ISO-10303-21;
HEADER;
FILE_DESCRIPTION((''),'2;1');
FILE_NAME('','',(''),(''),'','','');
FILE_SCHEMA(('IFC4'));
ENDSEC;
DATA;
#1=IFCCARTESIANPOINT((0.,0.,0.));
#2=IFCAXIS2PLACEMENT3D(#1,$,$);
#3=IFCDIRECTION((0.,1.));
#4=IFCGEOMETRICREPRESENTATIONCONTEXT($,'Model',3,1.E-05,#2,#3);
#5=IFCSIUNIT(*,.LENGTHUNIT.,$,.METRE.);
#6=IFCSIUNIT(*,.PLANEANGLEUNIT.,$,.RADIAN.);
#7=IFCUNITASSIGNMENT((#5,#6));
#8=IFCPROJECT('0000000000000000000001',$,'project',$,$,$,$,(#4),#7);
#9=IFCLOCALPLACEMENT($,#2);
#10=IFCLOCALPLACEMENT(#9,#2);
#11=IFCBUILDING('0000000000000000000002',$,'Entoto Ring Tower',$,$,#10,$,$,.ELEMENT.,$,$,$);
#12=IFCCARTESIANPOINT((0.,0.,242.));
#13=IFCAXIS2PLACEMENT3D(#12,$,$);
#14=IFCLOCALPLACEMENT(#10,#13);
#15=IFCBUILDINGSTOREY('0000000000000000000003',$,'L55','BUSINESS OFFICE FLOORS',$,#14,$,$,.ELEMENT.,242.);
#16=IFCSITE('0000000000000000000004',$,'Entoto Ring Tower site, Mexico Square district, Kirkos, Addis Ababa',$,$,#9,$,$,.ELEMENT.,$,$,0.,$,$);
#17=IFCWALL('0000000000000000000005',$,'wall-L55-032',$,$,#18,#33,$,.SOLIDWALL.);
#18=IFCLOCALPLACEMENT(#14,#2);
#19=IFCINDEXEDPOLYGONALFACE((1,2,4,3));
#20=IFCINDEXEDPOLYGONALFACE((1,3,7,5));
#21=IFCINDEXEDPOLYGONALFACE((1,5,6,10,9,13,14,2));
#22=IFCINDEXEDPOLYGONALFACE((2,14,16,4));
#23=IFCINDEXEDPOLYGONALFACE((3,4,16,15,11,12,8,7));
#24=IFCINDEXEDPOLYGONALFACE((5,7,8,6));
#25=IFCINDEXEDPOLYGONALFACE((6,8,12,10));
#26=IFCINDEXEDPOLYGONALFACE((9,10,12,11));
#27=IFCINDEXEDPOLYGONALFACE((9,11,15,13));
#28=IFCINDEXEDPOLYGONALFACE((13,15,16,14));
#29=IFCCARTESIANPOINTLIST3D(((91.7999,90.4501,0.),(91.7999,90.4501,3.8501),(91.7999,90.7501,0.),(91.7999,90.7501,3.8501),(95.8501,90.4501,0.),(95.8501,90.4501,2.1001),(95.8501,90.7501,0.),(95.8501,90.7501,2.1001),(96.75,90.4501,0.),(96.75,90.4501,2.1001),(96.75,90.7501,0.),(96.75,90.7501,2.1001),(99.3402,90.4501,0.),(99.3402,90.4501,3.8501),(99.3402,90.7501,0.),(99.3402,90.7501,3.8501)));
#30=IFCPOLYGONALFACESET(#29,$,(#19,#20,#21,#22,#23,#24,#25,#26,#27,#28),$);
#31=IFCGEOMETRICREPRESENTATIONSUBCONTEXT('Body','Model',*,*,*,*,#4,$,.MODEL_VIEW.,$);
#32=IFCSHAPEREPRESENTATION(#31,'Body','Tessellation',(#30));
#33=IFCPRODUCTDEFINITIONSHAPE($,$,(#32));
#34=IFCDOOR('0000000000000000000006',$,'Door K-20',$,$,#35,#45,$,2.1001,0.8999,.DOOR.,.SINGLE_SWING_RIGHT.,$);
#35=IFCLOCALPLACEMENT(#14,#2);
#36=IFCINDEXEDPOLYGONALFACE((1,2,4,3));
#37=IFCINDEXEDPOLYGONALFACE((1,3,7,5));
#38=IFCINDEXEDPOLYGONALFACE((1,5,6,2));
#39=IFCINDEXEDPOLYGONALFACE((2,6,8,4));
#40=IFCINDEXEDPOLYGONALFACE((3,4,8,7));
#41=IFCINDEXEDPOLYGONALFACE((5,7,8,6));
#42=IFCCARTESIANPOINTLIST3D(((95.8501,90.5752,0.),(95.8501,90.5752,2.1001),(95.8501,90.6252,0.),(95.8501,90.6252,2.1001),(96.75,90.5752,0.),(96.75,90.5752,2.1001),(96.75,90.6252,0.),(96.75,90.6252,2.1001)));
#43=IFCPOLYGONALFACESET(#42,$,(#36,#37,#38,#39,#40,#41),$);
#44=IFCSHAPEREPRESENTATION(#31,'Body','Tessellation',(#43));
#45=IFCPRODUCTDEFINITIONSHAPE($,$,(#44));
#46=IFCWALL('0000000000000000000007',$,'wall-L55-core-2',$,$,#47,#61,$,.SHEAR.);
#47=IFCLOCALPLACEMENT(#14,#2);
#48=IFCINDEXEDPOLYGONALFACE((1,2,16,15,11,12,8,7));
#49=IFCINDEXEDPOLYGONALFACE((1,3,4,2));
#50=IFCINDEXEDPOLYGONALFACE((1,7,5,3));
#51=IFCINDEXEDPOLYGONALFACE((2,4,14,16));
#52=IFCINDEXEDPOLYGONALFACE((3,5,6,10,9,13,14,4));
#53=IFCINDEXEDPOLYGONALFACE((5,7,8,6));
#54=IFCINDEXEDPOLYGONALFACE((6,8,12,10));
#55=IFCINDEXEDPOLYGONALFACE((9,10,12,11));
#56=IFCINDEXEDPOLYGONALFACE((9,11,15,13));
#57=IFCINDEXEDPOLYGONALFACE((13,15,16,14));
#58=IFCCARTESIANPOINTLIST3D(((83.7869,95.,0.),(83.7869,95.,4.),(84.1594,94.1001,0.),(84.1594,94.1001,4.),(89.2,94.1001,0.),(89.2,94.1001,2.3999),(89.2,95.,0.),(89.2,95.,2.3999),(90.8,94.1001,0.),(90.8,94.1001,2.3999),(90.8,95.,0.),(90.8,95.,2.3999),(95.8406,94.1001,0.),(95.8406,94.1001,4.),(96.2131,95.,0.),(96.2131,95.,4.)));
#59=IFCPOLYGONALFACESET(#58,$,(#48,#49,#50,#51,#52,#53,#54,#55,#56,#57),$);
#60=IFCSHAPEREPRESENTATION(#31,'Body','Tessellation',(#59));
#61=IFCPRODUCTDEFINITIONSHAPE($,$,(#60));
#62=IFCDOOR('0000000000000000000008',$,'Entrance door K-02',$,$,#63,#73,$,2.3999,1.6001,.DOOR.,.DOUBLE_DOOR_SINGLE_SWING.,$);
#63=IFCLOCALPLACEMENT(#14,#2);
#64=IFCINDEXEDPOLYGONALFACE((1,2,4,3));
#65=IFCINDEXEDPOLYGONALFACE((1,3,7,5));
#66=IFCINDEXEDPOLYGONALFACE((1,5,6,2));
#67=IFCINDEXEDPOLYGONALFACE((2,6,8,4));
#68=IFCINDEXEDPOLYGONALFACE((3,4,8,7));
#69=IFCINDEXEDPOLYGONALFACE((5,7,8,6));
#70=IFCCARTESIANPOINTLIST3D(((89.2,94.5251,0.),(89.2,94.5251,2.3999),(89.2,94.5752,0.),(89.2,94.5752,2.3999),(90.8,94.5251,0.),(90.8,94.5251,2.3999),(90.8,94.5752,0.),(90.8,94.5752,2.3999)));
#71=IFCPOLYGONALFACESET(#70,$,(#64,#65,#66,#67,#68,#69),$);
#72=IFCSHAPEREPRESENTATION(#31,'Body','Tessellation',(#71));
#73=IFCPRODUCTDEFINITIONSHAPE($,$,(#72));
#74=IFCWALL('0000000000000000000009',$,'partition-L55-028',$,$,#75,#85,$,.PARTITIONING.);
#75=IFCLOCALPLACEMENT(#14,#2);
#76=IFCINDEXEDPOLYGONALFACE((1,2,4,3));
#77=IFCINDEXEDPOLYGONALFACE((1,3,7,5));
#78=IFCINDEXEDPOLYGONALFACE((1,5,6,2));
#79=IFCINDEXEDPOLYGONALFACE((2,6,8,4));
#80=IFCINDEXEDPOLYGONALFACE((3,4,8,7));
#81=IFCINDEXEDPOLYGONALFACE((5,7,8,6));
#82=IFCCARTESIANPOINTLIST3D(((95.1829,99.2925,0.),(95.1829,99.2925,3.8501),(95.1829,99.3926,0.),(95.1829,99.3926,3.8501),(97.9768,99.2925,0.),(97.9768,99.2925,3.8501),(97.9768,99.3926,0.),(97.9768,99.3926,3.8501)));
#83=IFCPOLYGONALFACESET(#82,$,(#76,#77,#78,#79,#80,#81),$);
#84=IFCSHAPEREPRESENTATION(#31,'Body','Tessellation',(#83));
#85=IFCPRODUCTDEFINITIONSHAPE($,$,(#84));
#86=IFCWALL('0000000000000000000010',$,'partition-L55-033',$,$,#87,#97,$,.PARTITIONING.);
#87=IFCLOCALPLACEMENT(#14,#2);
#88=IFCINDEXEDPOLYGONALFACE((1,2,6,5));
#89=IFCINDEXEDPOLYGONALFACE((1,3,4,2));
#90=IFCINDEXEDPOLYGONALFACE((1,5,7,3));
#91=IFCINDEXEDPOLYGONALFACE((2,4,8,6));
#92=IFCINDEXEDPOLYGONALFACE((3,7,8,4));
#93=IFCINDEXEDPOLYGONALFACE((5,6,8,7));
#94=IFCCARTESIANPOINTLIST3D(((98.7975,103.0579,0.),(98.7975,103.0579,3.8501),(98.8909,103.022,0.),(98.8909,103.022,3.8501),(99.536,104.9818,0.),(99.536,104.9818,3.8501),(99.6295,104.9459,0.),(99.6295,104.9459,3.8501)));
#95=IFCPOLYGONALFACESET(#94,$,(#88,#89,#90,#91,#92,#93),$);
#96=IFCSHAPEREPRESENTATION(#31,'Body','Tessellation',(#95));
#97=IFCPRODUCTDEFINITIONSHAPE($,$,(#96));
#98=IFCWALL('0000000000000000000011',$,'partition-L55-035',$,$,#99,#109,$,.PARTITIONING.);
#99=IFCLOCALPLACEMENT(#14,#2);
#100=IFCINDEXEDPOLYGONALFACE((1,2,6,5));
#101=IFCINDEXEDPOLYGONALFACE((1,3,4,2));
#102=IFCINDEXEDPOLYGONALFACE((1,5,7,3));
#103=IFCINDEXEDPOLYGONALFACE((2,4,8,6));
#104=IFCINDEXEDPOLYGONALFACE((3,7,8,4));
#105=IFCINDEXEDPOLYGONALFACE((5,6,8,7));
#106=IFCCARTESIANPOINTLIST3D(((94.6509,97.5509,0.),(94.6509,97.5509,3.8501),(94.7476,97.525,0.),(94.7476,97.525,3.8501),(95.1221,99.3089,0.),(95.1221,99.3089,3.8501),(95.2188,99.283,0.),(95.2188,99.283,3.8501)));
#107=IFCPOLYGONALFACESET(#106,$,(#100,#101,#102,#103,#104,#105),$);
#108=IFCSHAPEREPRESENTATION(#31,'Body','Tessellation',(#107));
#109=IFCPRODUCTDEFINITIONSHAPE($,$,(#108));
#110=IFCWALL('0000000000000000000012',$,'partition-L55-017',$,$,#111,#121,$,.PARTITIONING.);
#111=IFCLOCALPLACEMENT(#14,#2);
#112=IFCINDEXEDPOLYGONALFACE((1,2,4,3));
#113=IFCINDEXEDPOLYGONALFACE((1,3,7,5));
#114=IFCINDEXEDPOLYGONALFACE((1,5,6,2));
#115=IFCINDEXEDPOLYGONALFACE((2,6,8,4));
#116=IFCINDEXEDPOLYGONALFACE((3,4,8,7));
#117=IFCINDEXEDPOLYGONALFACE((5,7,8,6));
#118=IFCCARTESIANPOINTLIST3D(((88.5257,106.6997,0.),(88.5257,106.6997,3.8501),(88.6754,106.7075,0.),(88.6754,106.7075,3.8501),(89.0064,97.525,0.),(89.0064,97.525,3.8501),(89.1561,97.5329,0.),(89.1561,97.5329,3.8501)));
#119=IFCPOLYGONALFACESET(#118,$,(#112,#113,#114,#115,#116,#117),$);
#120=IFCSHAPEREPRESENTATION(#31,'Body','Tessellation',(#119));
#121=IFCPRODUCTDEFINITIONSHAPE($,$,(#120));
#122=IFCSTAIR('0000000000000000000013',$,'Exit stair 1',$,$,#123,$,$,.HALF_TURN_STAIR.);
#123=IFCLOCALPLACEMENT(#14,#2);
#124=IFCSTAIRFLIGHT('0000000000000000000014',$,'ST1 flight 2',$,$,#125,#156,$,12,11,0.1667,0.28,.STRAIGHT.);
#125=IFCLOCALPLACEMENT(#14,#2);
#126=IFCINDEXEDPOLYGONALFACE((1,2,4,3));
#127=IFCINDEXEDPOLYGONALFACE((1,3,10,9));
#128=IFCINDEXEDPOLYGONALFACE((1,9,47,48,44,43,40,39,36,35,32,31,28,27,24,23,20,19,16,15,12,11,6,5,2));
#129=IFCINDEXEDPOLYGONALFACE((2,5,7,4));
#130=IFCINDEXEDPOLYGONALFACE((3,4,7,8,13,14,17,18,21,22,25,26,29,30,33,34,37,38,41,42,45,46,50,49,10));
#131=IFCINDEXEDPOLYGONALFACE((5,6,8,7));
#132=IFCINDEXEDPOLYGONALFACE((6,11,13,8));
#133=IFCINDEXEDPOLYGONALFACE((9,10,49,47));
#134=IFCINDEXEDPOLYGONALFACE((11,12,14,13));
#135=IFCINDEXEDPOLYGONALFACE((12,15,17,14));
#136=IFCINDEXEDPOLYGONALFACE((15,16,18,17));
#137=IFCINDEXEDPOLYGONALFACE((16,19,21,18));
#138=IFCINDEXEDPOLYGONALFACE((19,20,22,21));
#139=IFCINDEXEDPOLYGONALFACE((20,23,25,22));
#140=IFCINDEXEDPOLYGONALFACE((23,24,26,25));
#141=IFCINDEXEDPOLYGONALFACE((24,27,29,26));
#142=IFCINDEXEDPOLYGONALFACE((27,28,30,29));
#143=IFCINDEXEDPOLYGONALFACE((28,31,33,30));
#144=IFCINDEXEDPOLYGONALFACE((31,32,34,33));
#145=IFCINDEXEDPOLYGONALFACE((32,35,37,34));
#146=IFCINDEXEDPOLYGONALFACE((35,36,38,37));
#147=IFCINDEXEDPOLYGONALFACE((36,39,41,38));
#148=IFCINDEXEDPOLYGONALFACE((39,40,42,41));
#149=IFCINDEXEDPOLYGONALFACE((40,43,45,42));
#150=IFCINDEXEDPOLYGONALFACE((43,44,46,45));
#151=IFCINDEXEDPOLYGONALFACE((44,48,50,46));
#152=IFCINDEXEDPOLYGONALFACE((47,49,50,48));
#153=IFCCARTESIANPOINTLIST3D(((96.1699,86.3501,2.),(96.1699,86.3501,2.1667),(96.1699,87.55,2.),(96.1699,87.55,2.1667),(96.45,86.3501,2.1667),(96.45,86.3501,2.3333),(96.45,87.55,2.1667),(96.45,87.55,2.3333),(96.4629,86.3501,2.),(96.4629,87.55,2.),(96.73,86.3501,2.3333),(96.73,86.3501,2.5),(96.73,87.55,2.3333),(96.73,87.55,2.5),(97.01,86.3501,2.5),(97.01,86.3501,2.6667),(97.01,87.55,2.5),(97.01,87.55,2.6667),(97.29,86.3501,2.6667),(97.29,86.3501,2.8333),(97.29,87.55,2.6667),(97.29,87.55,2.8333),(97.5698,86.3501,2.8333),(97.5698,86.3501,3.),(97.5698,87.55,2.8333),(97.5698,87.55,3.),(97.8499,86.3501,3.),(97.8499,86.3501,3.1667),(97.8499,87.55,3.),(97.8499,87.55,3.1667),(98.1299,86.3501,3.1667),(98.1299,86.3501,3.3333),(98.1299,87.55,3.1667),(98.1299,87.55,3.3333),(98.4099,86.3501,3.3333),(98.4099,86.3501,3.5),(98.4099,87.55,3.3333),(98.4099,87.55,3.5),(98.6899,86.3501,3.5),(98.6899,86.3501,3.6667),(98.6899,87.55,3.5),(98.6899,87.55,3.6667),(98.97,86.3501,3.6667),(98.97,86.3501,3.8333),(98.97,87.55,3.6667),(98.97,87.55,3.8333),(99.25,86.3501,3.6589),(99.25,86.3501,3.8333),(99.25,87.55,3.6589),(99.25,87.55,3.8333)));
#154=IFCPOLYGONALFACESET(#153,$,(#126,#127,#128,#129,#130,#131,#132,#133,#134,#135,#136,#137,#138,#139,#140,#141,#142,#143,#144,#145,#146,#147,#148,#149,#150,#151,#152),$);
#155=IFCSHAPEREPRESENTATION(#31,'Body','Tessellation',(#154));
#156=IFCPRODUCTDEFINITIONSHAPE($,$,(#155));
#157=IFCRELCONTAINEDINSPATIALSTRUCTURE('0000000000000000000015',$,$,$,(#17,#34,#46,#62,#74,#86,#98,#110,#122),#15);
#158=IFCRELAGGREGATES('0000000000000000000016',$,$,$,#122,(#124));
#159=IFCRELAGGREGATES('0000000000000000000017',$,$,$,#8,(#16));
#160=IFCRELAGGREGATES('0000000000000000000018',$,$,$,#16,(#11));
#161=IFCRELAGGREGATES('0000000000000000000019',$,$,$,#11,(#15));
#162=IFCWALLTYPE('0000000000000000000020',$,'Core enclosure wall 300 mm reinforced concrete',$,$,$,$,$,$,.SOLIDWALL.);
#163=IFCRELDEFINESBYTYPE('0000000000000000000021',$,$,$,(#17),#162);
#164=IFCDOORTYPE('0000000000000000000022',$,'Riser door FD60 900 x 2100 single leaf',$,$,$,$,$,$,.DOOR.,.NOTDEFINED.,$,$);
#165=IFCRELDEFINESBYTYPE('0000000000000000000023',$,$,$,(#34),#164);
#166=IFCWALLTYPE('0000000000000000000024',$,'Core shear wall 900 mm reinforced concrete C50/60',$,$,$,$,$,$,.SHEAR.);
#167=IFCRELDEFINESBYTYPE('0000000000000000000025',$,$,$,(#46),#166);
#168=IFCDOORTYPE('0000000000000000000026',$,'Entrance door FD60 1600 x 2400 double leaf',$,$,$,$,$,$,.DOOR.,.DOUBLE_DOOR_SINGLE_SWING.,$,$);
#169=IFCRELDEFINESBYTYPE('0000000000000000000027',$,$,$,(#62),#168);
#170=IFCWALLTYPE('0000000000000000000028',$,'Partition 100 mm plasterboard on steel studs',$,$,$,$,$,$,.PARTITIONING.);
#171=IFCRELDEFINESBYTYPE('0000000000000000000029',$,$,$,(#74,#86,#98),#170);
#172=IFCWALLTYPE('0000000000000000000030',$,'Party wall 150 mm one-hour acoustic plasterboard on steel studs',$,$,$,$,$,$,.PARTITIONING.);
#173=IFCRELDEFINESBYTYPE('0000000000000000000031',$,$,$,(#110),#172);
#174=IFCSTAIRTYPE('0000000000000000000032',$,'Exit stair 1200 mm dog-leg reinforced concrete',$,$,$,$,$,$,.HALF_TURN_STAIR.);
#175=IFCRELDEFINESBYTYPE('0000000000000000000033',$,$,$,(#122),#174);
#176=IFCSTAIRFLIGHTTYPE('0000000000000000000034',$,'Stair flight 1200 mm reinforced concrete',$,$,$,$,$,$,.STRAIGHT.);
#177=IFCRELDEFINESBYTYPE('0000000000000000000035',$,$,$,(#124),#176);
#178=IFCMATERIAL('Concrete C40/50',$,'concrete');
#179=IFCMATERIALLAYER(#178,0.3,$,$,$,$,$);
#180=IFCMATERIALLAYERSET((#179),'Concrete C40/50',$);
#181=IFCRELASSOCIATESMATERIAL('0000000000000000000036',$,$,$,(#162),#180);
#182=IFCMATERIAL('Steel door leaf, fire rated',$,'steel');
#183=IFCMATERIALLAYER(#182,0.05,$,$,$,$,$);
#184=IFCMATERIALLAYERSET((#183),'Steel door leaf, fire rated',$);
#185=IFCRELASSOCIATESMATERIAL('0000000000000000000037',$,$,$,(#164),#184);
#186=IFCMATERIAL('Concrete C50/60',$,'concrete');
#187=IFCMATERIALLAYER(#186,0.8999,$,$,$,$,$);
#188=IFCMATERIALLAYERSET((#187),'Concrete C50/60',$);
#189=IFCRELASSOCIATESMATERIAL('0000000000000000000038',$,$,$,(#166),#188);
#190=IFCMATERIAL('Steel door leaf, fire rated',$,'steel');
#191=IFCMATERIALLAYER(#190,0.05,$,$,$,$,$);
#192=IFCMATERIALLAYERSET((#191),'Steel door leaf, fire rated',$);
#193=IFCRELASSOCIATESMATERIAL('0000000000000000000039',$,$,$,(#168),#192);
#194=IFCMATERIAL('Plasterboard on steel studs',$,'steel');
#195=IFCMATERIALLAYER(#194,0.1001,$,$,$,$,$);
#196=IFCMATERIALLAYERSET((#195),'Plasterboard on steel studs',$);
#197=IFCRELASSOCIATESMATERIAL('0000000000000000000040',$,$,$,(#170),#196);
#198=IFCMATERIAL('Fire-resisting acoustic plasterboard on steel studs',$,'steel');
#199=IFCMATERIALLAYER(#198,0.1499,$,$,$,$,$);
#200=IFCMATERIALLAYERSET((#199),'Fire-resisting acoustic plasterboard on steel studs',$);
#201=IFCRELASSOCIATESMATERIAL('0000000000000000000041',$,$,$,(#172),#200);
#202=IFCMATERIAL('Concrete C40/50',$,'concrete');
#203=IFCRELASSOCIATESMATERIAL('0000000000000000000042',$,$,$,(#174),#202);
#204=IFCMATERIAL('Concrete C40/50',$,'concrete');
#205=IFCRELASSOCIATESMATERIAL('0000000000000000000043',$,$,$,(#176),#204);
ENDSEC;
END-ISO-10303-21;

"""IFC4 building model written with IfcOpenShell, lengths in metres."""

from ifc_helpers import new_model, si_unit, direction, frame, frame_2d, origin, place, context, subcontext, project, spatial, polyline, rectangle, outline, extrude, material, layer, layer_set, type_object, element, fill, aggregate, save


model = new_model("IFC4")

# Units and contexts
model_context = context("Model", 3, precision=1e-05, world=origin(), true_north=direction((0.0, 1.0)))
body_context = subcontext(model_context, "Body", "Model", "MODEL_VIEW")
ifc_project = project(units=[si_unit("LENGTHUNIT", "METRE"), si_unit("PLANEANGLEUNIT", "RADIAN")], contexts=[model_context])

# Site, building, storey
site_placement = place(None, origin())
site = spatial("IfcSite", under=ifc_project, at=site_placement, Name="Entoto Ring Tower site, Mexico Square district, Kirkos, Addis Ababa", CompositionType="ELEMENT", RefElevation=0.0)
building_placement = place(site_placement, origin())
building = spatial("IfcBuilding", under=site, at=building_placement, Name="Entoto Ring Tower", CompositionType="ELEMENT")
storey_placement = place(building_placement, frame((0.0, 0.0, 242.0)))
storey = spatial("IfcBuildingStorey", under=building, at=storey_placement, Name="L55", Description="BUSINESS OFFICE FLOORS", CompositionType="ELEMENT", Elevation=242.0)

# Shared definitions
ifc_material_1 = material(Name="Concrete C40/50", Category="concrete")
ifc_layer_1 = layer(ifc_material_1, 0.3)
ifc_layer_set_1 = layer_set([ifc_layer_1], Name="Concrete C40/50")
wall_type_1 = type_object("IfcWallType", Name="Core enclosure wall 300 mm reinforced concrete", PredefinedType="SOLIDWALL", material=ifc_layer_set_1)

# Walls, openings, doors
wall_1_placement = place(storey_placement, frame((91.8, 90.6001, 0.0), z_axis=(0.0, 0.0, 1.0), x_axis=(1.0, 0.0, 0.0)))
wall_1 = element("IfcWall", 1, at=wall_1_placement, inside=storey, type_object=wall_type_1, Name="wall-L55-032", PredefinedType="SOLIDWALL", context=body_context, shape_type="SweptSolid", body=[
    extrude(rectangle(XDim=7.5403, YDim=0.3, at=frame_2d((3.77, 0.0))), origin(), (0.0, 0.0, 1.0), 3.8501),
])
opening_1_placement = place(wall_1_placement, frame((4.05, 0.0, 0.0)))
opening_1 = element("IfcOpeningElement", 2, at=opening_1_placement, cuts=wall_1, PredefinedType="OPENING", context=body_context, shape_type="SweptSolid", body=[
    extrude(rectangle(XDim=0.8999, YDim=2.1001, at=frame_2d((0.45, 1.05))), frame((0.0, 0.1602, 0.0), z_axis=(0.0, -1.0, 0.0), x_axis=(1.0, 0.0, 0.0)), (0.0, 0.0, 1.0), 0.3201),
])
ifc_material_2 = material(Name="Steel door leaf, fire rated", Category="steel")
ifc_layer_2 = layer(ifc_material_2, 0.05)
ifc_layer_set_2 = layer_set([ifc_layer_2], Name="Steel door leaf, fire rated")
door_type_1 = type_object("IfcDoorType", Name="Riser door FD60 900 x 2100 single leaf", OperationType="NOTDEFINED", PredefinedType="DOOR", material=ifc_layer_set_2)
door_1_placement = place(opening_1_placement, frame((0.8999, 0.0, 0.0), z_axis=(0.0, 0.0, 1.0), x_axis=(-1.0, 0.0, 0.0)))
door_1 = element("IfcDoor", 3, at=door_1_placement, inside=storey, type_object=door_type_1, Name="Door K-20", OperationType="SINGLE_SWING_RIGHT", OverallHeight=2.1001, OverallWidth=0.8999, PredefinedType="DOOR", context=body_context, shape_type="SweptSolid", body=[
    extrude(rectangle(XDim=0.8999, YDim=2.1001, at=frame_2d((0.45, 1.05))), frame((0.0, 0.0249, 0.0), z_axis=(0.0, -1.0, 0.0), x_axis=(1.0, 0.0, 0.0)), (0.0, 0.0, 1.0), 0.05),
])
fill(opening_1, door_1)
ifc_material_3 = material(Name="Concrete C50/60", Category="concrete")
ifc_layer_3 = layer(ifc_material_3, 0.8999)
ifc_layer_set_3 = layer_set([ifc_layer_3], Name="Concrete C50/60")
wall_type_2 = type_object("IfcWallType", Name="Core shear wall 900 mm reinforced concrete C50/60", PredefinedType="SHEAR", material=ifc_layer_set_3)
wall_2_placement = place(storey_placement, frame((96.0269, 94.55, 0.0), z_axis=(0.0, 0.0, 1.0), x_axis=(-1.0, 0.0, 0.0)))
wall_2 = element("IfcWall", 4, at=wall_2_placement, inside=storey, type_object=wall_type_2, Name="wall-L55-core-2", PredefinedType="SHEAR", context=body_context, shape_type="SweptSolid", body=[
    extrude(outline(polyline([(-0.1863, -0.45), (12.24, -0.45), (11.8674, 0.45), (0.1863, 0.45), (-0.1863, -0.45)])), origin(), (0.0, 0.0, 1.0), 4.0),
])
opening_2_placement = place(wall_2_placement, frame((5.2268, 0.0, 0.0)))
opening_2 = element("IfcOpeningElement", 5, at=opening_2_placement, cuts=wall_2, PredefinedType="OPENING", context=body_context, shape_type="SweptSolid", body=[
    extrude(rectangle(XDim=1.6001, YDim=2.3999, at=frame_2d((0.8, 1.2))), frame((0.0, 0.46, 0.0), z_axis=(0.0, -1.0, 0.0), x_axis=(1.0, 0.0, 0.0)), (0.0, 0.0, 1.0), 0.9199),
])
ifc_material_4 = material(Name="Steel door leaf, fire rated", Category="steel")
ifc_layer_4 = layer(ifc_material_4, 0.05)
ifc_layer_set_4 = layer_set([ifc_layer_4], Name="Steel door leaf, fire rated")
door_type_2 = type_object("IfcDoorType", Name="Entrance door FD60 1600 x 2400 double leaf", OperationType="DOUBLE_DOOR_SINGLE_SWING", PredefinedType="DOOR", material=ifc_layer_set_4)
door_2_placement = place(opening_2_placement, origin())
door_2 = element("IfcDoor", 6, at=door_2_placement, inside=storey, type_object=door_type_2, Name="Entrance door K-02", OperationType="DOUBLE_DOOR_SINGLE_SWING", OverallHeight=2.3999, OverallWidth=1.6001, PredefinedType="DOOR", context=body_context, shape_type="SweptSolid", body=[
    extrude(rectangle(XDim=1.6001, YDim=2.3999, at=frame_2d((0.8, 1.2))), frame((0.0, 0.0249, 0.0), z_axis=(0.0, -1.0, 0.0), x_axis=(1.0, 0.0, 0.0)), (0.0, 0.0, 1.0), 0.05),
])
fill(opening_2, door_2)

# Walls
ifc_material_5 = material(Name="Plasterboard on steel studs", Category="steel")
ifc_layer_5 = layer(ifc_material_5, 0.1001)
ifc_layer_set_5 = layer_set([ifc_layer_5], Name="Plasterboard on steel studs")
wall_type_3 = type_object("IfcWallType", Name="Partition 100 mm plasterboard on steel studs", PredefinedType="PARTITIONING", material=ifc_layer_set_5)
wall_3_placement = place(storey_placement, frame((95.1829, 99.3425, 0.0), z_axis=(0.0, 0.0, 1.0), x_axis=(1.0, 0.0, 0.0)))
element("IfcWall", 7, at=wall_3_placement, inside=storey, type_object=wall_type_3, Name="partition-L55-028", PredefinedType="PARTITIONING", context=body_context, shape_type="SweptSolid", body=[
    extrude(rectangle(XDim=2.7939, YDim=0.1001, at=frame_2d((1.397, 0.0))), origin(), (0.0, 0.0, 1.0), 3.8501),
])
wall_4_placement = place(storey_placement, frame((98.8442, 103.04, 0.0), z_axis=(0.0, 0.0, 1.0), x_axis=(0.358384, 0.933574, 0.0)))
element("IfcWall", 8, at=wall_4_placement, inside=storey, type_object=wall_type_3, Name="partition-L55-033", PredefinedType="PARTITIONING", context=body_context, shape_type="SweptSolid", body=[
    extrude(rectangle(XDim=2.0608, YDim=0.1001, at=frame_2d((1.0303, 0.0))), origin(), (0.0, 0.0, 1.0), 3.8501),
])
wall_5_placement = place(storey_placement, frame((94.6992, 97.5378, 0.0), z_axis=(0.0, 0.0, 1.0), x_axis=(0.258881, 0.965909, 0.0)))
element("IfcWall", 9, at=wall_5_placement, inside=storey, type_object=wall_type_3, Name="partition-L55-035", PredefinedType="PARTITIONING", context=body_context, shape_type="SweptSolid", body=[
    extrude(rectangle(XDim=1.8201, YDim=0.1001, at=frame_2d((0.9102, 0.0))), origin(), (0.0, 0.0, 1.0), 3.8501),
])
ifc_material_6 = material(Name="Fire-resisting acoustic plasterboard on steel studs", Category="steel")
ifc_layer_6 = layer(ifc_material_6, 0.1499)
ifc_layer_set_6 = layer_set([ifc_layer_6], Name="Fire-resisting acoustic plasterboard on steel studs")
wall_type_4 = type_object("IfcWallType", Name="Party wall 150 mm one-hour acoustic plasterboard on steel studs", PredefinedType="PARTITIONING", material=ifc_layer_set_6)
wall_6_placement = place(storey_placement, frame((89.0813, 97.5288, 0.0), z_axis=(0.0, 0.0, 1.0), x_axis=(-0.052325, 0.99863, 0.0)))
element("IfcWall", 10, at=wall_6_placement, inside=storey, type_object=wall_type_4, Name="partition-L55-017", PredefinedType="PARTITIONING", context=body_context, shape_type="SweptSolid", body=[
    extrude(rectangle(XDim=9.1873, YDim=0.1499, at=frame_2d((4.5938, 0.0))), origin(), (0.0, 0.0, 1.0), 3.8501),
])

# Stair, stair flight
ifc_material_7 = material(Name="Concrete C40/50", Category="concrete")
stair_type = type_object("IfcStairType", Name="Exit stair 1200 mm dog-leg reinforced concrete", PredefinedType="HALF_TURN_STAIR", material=ifc_material_7)
stair_placement = place(storey_placement, origin())
stair = element("IfcStair", 11, at=stair_placement, inside=storey, type_object=stair_type, Name="Exit stair 1", PredefinedType="HALF_TURN_STAIR")
ifc_material_8 = material(Name="Concrete C40/50", Category="concrete")
stair_flight_type = type_object("IfcStairFlightType", Name="Stair flight 1200 mm reinforced concrete", PredefinedType="STRAIGHT", material=ifc_material_8)
stair_flight_placement = place(storey_placement, frame((96.1699, 86.95, 2.0), z_axis=(0.0, 0.0, 1.0), x_axis=(1.0, 0.0, 0.0)))
stair_flight = element("IfcStairFlight", 12, at=stair_flight_placement, type_object=stair_flight_type, Name="ST1 flight 2", NumberOfRisers=12, NumberOfTreads=11, PredefinedType="STRAIGHT", RiserHeight=0.1667, TreadLength=0.28, context=body_context, shape_type="SweptSolid", body=[
    extrude(outline(polyline([(0.0, 0.0), (0.0, 0.1667), (0.28, 0.1667), (0.28, 0.3333), (0.5601, 0.3333), (0.5601, 0.5), (0.8401, 0.5), (0.8401, 0.6667), (1.1201, 0.6667), (1.1201, 0.8333), (1.3999, 0.8333), (1.3999, 1.0), (1.6799, 1.0), (1.6799, 1.1667), (1.96, 1.1667), (1.96, 1.3333), (2.24, 1.3333), (2.24, 1.5), (2.52, 1.5), (2.52, 1.6667), (2.8, 1.6667), (2.8, 1.8333), (3.0801, 1.8333), (3.0801, 2.0), (3.0801, 1.6589), (0.293, 0.0), (0.0, 0.0)])), frame((0.0, 0.6001, 0.0), z_axis=(0.0, -1.0, 0.0), x_axis=(1.0, 0.0, 0.0)), (0.0, 0.0, 1.0), 1.2),
])
aggregate(stair, [stair_flight])

save(model, "model.ifc")
